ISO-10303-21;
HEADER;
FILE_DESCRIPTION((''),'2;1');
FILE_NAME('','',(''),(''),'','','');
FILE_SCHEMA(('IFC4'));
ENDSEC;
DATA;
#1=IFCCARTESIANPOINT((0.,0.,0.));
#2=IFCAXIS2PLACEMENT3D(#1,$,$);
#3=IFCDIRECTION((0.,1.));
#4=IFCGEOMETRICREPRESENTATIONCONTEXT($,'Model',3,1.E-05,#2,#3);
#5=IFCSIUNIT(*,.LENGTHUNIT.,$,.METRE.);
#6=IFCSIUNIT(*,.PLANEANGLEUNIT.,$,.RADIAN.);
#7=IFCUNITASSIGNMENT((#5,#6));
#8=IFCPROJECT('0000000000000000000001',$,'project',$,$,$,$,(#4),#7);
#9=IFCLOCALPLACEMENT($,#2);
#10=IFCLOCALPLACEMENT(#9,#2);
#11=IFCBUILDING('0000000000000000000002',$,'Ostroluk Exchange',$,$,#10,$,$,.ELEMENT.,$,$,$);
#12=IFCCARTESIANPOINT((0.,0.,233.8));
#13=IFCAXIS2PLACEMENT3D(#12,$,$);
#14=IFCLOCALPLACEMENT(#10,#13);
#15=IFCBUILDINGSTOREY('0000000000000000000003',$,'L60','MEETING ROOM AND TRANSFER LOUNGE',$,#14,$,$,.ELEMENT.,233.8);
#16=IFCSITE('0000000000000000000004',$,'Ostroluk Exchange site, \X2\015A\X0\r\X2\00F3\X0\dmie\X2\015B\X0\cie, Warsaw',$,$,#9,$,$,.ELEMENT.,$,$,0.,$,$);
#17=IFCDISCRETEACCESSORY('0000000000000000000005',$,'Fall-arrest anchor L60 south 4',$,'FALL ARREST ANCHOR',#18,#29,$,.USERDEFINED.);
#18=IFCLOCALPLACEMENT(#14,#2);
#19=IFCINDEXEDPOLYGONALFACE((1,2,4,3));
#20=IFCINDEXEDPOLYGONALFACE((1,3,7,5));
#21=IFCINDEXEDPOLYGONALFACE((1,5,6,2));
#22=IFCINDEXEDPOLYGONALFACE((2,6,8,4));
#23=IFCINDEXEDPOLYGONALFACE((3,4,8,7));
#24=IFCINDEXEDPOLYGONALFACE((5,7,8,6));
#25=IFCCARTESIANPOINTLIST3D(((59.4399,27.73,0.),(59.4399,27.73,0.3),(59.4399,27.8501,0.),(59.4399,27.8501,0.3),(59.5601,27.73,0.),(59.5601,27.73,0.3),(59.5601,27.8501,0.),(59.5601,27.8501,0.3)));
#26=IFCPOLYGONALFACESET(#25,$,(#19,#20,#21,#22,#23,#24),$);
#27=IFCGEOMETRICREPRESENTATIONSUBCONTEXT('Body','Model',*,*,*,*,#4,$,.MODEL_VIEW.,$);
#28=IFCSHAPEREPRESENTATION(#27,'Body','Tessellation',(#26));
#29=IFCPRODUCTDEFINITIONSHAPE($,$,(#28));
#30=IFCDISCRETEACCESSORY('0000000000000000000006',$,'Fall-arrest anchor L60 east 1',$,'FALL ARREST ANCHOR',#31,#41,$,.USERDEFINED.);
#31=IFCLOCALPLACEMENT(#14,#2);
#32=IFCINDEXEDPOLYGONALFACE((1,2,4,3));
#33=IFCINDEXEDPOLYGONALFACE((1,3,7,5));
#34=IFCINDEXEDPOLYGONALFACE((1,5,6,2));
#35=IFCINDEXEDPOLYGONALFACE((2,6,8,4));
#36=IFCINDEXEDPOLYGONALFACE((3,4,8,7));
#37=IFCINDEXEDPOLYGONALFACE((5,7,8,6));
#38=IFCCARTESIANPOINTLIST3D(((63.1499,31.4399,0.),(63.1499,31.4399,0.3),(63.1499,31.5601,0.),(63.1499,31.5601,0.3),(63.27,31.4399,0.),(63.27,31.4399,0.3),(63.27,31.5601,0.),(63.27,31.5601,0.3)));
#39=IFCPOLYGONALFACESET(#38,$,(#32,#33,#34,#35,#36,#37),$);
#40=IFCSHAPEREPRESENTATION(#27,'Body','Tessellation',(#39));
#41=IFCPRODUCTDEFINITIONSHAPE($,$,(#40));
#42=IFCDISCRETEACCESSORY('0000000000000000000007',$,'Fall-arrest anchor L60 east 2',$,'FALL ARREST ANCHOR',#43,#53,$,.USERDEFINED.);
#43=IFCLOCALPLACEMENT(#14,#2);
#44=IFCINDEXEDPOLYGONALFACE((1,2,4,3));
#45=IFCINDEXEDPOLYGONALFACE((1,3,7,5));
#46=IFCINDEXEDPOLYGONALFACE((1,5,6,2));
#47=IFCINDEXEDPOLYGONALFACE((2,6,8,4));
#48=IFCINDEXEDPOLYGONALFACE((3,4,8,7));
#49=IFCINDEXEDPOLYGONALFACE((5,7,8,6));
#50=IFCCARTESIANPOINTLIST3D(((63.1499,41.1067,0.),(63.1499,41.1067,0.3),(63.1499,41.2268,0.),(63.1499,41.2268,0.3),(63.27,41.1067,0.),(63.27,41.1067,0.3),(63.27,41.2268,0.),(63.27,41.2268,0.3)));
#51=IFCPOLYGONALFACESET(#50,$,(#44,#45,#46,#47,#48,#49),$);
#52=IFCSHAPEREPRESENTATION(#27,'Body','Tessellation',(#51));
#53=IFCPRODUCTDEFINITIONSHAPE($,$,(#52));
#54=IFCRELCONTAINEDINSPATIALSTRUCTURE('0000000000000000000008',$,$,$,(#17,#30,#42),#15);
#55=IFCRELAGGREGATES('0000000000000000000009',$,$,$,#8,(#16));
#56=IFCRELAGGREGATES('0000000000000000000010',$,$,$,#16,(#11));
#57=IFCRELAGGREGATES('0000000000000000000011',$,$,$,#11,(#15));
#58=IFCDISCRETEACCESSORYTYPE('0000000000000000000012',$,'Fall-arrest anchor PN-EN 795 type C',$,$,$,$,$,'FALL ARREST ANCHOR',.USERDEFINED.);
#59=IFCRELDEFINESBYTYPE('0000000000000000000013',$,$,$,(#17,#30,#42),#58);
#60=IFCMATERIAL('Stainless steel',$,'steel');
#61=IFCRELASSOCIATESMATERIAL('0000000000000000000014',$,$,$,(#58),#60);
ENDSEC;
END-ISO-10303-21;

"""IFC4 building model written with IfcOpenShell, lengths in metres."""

from ifc_helpers import new_model, si_unit, direction, frame, origin, origin_2d, place, context, subcontext, project, spatial, rectangle, extrude, material, type_object, element, save


model = new_model("IFC4")

# Units and contexts
model_context = context("Model", 3, precision=1e-05, world=origin(), true_north=direction((0.0, 1.0)))
body_context = subcontext(model_context, "Body", "Model", "MODEL_VIEW")
ifc_project = project(units=[si_unit("LENGTHUNIT", "METRE"), si_unit("PLANEANGLEUNIT", "RADIAN")], contexts=[model_context])

# Site, building, storey
site_placement = place(None, origin())
site = spatial("IfcSite", under=ifc_project, at=site_placement, Name="Ostroluk Exchange site, Śródmieście, Warsaw", CompositionType="ELEMENT", RefElevation=0.0)
building_placement = place(site_placement, origin())
building = spatial("IfcBuilding", under=site, at=building_placement, Name="Ostroluk Exchange", CompositionType="ELEMENT")
storey_placement = place(building_placement, frame((0.0, 0.0, 233.8)))
storey = spatial("IfcBuildingStorey", under=building, at=storey_placement, Name="L60", Description="MEETING ROOM AND TRANSFER LOUNGE", CompositionType="ELEMENT", Elevation=233.8)

# Discrete accessories
ifc_material_1 = material(Name="Stainless steel", Category="steel")
discrete_accessory_type = type_object("IfcDiscreteAccessoryType", Name="Fall-arrest anchor PN-EN 795 type C", ElementType="FALL ARREST ANCHOR", PredefinedType="USERDEFINED", material=ifc_material_1)
for number, where, z_axis, x_axis, name in (
    (1, (59.5, 27.79, 0.0), (0.0, 0.0, 1.0), (1.0, 0.0, 0.0), "Fall-arrest anchor L60 south 4"),
    (2, (63.21, 31.5, 0.0), (0.0, 0.0, 1.0), (1.0, 0.0, 0.0), "Fall-arrest anchor L60 east 1"),
    (3, (63.21, 41.1667, 0.0), (0.0, 0.0, 1.0), (1.0, 0.0, 0.0), "Fall-arrest anchor L60 east 2"),
):
    element("IfcDiscreteAccessory", number, at=place(storey_placement, frame(where, z_axis=z_axis, x_axis=x_axis)), inside=storey, type_object=discrete_accessory_type, Name=name, ObjectType="FALL ARREST ANCHOR", PredefinedType="USERDEFINED", context=body_context, shape_type="SweptSolid", body=[
        extrude(rectangle(XDim=0.1201, YDim=0.1201, at=origin_2d()), origin(), (0.0, 0.0, 1.0), 0.3),
    ])

save(model, "model.ifc")
